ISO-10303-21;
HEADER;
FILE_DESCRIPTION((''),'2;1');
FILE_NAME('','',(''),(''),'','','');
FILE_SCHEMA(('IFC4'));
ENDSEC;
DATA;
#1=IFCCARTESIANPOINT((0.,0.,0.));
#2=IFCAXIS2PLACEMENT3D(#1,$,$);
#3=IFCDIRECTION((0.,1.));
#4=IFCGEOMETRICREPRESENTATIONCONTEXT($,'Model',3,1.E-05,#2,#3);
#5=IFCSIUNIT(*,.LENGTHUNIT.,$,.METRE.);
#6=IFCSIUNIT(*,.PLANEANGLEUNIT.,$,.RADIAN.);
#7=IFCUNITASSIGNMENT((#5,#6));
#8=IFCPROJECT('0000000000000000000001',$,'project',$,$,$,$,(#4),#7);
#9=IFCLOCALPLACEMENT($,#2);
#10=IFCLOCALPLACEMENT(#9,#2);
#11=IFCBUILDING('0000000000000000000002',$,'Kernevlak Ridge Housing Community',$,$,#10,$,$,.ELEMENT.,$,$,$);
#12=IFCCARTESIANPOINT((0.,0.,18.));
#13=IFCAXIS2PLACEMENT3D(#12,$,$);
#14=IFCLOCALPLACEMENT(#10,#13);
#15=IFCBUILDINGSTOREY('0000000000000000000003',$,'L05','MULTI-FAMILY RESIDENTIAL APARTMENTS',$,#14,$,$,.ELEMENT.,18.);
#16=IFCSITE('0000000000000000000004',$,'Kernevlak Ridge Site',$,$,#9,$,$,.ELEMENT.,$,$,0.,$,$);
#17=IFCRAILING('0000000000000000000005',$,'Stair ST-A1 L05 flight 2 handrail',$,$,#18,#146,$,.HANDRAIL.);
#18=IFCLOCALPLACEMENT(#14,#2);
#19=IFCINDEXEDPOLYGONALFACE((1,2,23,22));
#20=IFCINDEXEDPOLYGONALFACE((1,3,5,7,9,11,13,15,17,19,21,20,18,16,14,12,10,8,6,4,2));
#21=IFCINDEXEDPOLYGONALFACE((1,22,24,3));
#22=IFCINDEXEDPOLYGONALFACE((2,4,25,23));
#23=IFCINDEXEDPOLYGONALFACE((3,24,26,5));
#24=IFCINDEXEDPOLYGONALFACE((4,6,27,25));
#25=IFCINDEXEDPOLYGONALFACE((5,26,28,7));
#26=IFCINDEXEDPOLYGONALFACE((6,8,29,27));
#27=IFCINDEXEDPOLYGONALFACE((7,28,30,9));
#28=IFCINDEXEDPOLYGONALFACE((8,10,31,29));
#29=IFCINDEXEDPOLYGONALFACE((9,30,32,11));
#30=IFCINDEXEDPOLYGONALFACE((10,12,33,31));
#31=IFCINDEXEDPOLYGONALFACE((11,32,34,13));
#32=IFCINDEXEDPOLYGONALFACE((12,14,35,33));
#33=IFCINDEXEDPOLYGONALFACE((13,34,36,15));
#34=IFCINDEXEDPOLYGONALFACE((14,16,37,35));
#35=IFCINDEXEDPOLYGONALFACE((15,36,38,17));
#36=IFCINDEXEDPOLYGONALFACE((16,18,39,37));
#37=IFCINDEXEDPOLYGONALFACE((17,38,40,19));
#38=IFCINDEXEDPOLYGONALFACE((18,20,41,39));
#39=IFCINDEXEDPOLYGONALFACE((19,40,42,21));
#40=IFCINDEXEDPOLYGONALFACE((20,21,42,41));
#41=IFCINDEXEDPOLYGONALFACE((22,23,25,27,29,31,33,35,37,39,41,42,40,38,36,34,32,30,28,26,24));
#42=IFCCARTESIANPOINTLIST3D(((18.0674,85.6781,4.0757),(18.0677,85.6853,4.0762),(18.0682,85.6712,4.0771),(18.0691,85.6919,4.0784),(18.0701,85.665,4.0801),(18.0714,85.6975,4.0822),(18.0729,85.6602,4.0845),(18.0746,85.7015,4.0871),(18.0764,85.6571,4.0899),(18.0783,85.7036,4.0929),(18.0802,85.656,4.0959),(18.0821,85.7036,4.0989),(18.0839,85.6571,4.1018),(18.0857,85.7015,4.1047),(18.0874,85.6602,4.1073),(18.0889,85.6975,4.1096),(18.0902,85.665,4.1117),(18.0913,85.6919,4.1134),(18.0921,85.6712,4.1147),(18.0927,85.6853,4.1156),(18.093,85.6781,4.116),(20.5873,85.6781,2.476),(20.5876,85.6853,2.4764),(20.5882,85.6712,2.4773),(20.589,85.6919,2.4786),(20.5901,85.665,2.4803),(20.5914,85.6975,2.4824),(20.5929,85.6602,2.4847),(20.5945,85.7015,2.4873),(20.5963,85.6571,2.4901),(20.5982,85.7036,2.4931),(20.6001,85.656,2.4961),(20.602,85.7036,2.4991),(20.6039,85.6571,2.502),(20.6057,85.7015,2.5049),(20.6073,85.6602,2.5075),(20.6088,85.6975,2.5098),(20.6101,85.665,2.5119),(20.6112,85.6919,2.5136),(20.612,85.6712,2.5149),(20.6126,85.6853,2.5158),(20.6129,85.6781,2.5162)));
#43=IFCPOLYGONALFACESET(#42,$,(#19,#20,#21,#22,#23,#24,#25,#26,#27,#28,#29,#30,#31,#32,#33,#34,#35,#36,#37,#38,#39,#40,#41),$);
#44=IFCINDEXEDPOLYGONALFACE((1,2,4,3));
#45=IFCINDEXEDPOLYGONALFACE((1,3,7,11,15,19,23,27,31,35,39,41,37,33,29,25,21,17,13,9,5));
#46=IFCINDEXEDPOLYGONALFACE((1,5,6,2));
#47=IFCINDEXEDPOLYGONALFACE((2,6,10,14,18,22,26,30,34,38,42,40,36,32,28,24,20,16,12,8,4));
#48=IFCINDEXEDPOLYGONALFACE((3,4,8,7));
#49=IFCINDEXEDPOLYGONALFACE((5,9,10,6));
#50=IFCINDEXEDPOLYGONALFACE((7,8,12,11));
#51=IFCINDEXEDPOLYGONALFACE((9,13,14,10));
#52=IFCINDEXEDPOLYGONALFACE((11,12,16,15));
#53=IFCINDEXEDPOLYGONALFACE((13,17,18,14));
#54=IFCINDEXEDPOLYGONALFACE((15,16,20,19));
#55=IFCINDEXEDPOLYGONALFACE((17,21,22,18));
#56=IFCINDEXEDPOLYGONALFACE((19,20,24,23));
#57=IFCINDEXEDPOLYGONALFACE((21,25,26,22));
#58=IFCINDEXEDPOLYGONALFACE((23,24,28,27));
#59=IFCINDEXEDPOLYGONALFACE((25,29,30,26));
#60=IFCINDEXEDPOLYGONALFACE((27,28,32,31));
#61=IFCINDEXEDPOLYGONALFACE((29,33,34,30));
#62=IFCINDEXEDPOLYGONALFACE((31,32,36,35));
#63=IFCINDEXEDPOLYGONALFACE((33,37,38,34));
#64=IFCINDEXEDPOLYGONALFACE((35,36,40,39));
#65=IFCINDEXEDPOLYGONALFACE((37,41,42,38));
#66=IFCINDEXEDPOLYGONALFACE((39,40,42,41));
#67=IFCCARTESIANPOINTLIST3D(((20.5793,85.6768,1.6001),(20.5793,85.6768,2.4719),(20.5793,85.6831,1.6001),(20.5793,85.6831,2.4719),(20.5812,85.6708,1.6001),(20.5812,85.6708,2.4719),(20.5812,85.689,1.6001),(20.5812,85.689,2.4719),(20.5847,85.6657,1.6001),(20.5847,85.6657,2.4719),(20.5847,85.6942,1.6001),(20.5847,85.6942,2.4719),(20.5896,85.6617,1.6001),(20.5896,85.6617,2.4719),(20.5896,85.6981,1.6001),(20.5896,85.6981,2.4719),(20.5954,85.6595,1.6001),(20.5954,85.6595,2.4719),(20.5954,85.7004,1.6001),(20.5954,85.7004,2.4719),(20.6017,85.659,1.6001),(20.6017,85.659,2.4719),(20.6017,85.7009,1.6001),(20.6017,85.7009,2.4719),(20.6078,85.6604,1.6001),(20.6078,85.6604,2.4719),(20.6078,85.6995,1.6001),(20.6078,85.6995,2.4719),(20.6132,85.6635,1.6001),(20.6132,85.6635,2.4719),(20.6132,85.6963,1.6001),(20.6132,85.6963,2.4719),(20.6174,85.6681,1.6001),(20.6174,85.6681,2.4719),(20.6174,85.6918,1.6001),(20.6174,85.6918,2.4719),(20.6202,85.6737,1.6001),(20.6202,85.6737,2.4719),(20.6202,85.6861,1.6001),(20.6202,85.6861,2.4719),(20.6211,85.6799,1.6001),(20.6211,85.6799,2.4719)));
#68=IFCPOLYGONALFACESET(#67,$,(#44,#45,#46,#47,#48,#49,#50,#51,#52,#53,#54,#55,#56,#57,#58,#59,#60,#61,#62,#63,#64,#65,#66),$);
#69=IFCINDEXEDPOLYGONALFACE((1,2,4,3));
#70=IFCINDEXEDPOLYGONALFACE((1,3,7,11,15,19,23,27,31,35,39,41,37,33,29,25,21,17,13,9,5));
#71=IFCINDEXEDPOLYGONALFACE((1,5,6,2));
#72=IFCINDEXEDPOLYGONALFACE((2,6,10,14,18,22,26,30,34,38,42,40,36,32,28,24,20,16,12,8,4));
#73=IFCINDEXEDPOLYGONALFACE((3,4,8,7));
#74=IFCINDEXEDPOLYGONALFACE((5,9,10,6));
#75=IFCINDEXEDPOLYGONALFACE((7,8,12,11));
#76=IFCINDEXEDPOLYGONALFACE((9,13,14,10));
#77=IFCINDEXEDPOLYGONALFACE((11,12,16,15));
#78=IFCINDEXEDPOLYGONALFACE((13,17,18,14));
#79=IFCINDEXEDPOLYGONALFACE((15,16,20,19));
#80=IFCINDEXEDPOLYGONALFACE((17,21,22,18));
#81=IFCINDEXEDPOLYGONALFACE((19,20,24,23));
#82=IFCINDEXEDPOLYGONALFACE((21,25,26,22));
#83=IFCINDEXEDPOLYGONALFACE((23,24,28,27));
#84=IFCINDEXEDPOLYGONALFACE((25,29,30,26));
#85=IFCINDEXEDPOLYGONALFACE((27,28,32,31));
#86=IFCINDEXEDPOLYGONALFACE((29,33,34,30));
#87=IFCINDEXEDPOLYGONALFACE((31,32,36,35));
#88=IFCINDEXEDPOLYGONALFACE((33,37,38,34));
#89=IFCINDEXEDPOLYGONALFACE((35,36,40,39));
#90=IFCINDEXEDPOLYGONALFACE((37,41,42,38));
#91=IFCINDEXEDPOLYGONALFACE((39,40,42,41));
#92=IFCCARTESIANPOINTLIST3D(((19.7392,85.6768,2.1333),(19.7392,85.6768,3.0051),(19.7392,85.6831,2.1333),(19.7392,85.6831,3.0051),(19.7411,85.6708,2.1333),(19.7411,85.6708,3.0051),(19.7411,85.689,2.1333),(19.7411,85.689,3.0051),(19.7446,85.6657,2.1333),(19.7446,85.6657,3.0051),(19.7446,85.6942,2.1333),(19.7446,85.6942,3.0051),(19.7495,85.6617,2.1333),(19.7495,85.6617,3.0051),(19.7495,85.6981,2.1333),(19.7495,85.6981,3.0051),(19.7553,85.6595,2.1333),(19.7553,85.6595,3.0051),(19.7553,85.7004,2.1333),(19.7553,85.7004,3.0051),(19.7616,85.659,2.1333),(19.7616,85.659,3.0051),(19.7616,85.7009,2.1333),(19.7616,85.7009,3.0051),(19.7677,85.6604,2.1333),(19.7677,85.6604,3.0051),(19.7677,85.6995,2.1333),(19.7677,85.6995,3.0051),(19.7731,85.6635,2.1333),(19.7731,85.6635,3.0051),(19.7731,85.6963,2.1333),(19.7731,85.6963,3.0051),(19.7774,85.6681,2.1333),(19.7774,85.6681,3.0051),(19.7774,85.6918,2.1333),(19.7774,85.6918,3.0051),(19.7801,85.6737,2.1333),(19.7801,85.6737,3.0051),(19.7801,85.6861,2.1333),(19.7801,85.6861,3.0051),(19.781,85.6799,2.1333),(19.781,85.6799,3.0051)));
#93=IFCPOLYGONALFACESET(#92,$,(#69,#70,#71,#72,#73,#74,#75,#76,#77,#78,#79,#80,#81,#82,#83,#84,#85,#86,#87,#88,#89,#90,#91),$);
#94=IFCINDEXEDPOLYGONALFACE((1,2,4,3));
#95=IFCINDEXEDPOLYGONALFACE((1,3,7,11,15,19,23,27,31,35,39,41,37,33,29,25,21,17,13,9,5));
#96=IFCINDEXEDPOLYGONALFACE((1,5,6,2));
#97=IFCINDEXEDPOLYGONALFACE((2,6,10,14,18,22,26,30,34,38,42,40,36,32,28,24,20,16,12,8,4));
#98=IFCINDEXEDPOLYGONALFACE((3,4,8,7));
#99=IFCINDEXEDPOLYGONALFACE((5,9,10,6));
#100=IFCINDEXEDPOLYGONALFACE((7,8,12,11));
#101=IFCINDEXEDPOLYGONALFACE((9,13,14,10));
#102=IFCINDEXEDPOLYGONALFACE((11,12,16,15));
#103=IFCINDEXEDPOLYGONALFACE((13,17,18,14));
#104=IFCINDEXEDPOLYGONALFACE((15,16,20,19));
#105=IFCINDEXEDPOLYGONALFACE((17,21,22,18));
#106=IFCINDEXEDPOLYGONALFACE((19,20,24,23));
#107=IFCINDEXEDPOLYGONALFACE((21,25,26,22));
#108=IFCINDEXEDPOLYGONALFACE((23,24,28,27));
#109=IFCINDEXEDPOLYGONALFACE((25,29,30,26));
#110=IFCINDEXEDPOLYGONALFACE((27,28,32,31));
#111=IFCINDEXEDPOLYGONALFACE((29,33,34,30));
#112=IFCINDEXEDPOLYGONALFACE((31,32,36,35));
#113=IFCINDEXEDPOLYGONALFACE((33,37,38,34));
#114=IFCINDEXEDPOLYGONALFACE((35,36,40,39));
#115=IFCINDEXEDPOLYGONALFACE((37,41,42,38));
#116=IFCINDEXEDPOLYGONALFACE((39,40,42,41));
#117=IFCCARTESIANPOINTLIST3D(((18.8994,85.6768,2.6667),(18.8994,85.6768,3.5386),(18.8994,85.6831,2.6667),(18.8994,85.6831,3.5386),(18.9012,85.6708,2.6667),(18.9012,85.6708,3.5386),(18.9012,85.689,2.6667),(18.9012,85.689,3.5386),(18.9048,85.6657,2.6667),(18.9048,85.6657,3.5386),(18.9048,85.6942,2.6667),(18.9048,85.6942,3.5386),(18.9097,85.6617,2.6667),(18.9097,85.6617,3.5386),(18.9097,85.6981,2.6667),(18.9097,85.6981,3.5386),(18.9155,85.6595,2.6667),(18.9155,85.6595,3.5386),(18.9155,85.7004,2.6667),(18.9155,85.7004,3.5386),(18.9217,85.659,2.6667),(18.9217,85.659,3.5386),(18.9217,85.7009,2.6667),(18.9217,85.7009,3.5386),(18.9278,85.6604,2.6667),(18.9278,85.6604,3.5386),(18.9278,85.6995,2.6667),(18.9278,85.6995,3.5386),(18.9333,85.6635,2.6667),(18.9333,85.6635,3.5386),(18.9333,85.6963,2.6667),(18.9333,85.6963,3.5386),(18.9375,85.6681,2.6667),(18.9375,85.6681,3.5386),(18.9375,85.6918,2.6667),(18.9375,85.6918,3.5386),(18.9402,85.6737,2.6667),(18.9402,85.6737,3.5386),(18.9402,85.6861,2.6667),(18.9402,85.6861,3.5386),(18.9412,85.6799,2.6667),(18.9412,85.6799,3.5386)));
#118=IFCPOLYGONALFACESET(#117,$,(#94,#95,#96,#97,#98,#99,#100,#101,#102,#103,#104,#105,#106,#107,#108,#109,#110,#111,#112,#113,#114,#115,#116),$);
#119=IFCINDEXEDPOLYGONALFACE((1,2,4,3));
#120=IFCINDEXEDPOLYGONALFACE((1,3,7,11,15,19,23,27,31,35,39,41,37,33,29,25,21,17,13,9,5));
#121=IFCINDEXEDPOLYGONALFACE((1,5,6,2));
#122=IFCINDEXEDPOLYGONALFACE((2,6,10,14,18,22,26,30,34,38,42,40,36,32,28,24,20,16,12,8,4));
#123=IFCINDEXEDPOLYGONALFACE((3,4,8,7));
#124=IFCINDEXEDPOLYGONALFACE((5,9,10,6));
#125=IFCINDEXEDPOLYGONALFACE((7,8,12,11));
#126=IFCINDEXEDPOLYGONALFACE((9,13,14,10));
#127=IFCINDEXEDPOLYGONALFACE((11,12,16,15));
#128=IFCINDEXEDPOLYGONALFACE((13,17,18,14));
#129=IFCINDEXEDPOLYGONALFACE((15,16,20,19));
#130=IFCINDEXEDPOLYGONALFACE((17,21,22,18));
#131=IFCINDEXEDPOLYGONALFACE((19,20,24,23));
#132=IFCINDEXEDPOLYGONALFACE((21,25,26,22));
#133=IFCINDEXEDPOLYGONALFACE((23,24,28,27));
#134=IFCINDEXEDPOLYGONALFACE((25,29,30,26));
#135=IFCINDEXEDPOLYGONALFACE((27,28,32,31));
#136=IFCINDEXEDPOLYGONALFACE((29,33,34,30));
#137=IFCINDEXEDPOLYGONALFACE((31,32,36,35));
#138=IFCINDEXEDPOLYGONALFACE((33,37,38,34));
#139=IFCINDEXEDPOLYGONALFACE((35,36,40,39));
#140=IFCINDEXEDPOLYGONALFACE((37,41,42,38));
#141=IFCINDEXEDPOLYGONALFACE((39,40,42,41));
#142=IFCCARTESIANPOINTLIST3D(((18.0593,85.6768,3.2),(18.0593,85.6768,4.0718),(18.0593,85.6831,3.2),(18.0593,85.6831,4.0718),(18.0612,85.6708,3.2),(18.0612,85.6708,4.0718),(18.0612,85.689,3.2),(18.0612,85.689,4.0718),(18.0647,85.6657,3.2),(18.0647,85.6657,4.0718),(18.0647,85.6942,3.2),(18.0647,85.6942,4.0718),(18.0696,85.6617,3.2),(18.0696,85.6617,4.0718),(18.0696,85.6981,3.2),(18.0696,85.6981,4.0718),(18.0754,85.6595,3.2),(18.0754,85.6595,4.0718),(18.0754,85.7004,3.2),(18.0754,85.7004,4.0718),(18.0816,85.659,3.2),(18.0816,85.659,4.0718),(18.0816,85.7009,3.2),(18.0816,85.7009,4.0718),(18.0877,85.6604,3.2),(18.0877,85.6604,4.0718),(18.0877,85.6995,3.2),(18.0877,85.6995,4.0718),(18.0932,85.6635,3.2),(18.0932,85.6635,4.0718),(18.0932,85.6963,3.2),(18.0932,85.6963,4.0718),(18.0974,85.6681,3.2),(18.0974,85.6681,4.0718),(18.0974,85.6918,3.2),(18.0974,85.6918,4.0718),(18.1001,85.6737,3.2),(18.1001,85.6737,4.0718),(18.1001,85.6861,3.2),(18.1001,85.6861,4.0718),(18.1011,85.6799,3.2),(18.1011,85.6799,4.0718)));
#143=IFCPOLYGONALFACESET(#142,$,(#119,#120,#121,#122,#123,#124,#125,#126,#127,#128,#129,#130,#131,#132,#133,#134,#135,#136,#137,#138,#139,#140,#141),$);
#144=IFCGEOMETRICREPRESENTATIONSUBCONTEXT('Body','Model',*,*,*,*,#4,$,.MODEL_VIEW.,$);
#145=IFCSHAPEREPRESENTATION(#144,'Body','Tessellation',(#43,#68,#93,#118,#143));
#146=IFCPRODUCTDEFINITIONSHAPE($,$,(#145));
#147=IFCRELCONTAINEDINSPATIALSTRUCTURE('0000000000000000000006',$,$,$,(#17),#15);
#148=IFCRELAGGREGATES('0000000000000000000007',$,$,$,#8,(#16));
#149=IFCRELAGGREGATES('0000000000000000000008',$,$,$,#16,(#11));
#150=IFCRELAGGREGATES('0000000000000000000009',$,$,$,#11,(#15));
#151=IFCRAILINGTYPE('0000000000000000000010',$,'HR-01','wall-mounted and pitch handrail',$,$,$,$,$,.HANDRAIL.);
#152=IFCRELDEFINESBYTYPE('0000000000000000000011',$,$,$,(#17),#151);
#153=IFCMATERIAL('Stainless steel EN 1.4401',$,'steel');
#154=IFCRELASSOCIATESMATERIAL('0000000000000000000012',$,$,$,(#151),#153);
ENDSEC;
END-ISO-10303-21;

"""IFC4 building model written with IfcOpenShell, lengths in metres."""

from ifc_helpers import new_model, si_unit, direction, frame, origin, origin_2d, place, context, subcontext, project, spatial, circle, extrude, material, type_object, element, save


model = new_model("IFC4")

# Units and contexts
model_context = context("Model", 3, precision=1e-05, world=origin(), true_north=direction((0.0, 1.0)))
body_context = subcontext(model_context, "Body", "Model", "MODEL_VIEW")
ifc_project = project(units=[si_unit("LENGTHUNIT", "METRE"), si_unit("PLANEANGLEUNIT", "RADIAN")], contexts=[model_context])

# Site, building, storey
site_placement = place(None, origin())
site = spatial("IfcSite", under=ifc_project, at=site_placement, Name="Kernevlak Ridge Site", CompositionType="ELEMENT", RefElevation=0.0)
building_placement = place(site_placement, origin())
building = spatial("IfcBuilding", under=site, at=building_placement, Name="Kernevlak Ridge Housing Community", CompositionType="ELEMENT")
storey_placement = place(building_placement, frame((0.0, 0.0, 18.0)))
storey = spatial("IfcBuildingStorey", under=building, at=storey_placement, Name="L05", Description="MULTI-FAMILY RESIDENTIAL APARTMENTS", CompositionType="ELEMENT", Elevation=18.0)

# Railing
ifc_material_1 = material(Name="Stainless steel EN 1.4401", Category="steel")
railing_type = type_object("IfcRailingType", Name="HR-01", Description="wall-mounted and pitch handrail", PredefinedType="HANDRAIL", material=ifc_material_1)
railing_placement = place(storey_placement, frame((20.6001, 85.6799, 1.6001)))
element("IfcRailing", 1, at=railing_placement, inside=storey, type_object=railing_type, Name="Stair ST-A1 L05 flight 2 handrail", PredefinedType="HANDRAIL", context=body_context, shape_type="SweptSolid", body=[
    extrude(circle(Radius=0.0239, at=origin_2d()), frame((0.0, 0.0, 0.896), z_axis=(-0.844237, 0.0, 0.53597), x_axis=(0.0, -1.0, 0.0)), (0.0, 0.0, 1.0), 2.9849),
    extrude(circle(Radius=0.021, at=origin_2d()), origin(), (0.0, 0.0, 1.0), 0.8718),
    extrude(circle(Radius=0.021, at=origin_2d()), frame((-0.8401, 0.0, 0.5332)), (0.0, 0.0, 1.0), 0.8718),
    extrude(circle(Radius=0.021, at=origin_2d()), frame((-1.6799, 0.0, 1.0667)), (0.0, 0.0, 1.0), 0.8718),
    extrude(circle(Radius=0.021, at=origin_2d()), frame((-2.52, 0.0, 1.5999)), (0.0, 0.0, 1.0), 0.8718),
])

save(model, "model.ifc")
